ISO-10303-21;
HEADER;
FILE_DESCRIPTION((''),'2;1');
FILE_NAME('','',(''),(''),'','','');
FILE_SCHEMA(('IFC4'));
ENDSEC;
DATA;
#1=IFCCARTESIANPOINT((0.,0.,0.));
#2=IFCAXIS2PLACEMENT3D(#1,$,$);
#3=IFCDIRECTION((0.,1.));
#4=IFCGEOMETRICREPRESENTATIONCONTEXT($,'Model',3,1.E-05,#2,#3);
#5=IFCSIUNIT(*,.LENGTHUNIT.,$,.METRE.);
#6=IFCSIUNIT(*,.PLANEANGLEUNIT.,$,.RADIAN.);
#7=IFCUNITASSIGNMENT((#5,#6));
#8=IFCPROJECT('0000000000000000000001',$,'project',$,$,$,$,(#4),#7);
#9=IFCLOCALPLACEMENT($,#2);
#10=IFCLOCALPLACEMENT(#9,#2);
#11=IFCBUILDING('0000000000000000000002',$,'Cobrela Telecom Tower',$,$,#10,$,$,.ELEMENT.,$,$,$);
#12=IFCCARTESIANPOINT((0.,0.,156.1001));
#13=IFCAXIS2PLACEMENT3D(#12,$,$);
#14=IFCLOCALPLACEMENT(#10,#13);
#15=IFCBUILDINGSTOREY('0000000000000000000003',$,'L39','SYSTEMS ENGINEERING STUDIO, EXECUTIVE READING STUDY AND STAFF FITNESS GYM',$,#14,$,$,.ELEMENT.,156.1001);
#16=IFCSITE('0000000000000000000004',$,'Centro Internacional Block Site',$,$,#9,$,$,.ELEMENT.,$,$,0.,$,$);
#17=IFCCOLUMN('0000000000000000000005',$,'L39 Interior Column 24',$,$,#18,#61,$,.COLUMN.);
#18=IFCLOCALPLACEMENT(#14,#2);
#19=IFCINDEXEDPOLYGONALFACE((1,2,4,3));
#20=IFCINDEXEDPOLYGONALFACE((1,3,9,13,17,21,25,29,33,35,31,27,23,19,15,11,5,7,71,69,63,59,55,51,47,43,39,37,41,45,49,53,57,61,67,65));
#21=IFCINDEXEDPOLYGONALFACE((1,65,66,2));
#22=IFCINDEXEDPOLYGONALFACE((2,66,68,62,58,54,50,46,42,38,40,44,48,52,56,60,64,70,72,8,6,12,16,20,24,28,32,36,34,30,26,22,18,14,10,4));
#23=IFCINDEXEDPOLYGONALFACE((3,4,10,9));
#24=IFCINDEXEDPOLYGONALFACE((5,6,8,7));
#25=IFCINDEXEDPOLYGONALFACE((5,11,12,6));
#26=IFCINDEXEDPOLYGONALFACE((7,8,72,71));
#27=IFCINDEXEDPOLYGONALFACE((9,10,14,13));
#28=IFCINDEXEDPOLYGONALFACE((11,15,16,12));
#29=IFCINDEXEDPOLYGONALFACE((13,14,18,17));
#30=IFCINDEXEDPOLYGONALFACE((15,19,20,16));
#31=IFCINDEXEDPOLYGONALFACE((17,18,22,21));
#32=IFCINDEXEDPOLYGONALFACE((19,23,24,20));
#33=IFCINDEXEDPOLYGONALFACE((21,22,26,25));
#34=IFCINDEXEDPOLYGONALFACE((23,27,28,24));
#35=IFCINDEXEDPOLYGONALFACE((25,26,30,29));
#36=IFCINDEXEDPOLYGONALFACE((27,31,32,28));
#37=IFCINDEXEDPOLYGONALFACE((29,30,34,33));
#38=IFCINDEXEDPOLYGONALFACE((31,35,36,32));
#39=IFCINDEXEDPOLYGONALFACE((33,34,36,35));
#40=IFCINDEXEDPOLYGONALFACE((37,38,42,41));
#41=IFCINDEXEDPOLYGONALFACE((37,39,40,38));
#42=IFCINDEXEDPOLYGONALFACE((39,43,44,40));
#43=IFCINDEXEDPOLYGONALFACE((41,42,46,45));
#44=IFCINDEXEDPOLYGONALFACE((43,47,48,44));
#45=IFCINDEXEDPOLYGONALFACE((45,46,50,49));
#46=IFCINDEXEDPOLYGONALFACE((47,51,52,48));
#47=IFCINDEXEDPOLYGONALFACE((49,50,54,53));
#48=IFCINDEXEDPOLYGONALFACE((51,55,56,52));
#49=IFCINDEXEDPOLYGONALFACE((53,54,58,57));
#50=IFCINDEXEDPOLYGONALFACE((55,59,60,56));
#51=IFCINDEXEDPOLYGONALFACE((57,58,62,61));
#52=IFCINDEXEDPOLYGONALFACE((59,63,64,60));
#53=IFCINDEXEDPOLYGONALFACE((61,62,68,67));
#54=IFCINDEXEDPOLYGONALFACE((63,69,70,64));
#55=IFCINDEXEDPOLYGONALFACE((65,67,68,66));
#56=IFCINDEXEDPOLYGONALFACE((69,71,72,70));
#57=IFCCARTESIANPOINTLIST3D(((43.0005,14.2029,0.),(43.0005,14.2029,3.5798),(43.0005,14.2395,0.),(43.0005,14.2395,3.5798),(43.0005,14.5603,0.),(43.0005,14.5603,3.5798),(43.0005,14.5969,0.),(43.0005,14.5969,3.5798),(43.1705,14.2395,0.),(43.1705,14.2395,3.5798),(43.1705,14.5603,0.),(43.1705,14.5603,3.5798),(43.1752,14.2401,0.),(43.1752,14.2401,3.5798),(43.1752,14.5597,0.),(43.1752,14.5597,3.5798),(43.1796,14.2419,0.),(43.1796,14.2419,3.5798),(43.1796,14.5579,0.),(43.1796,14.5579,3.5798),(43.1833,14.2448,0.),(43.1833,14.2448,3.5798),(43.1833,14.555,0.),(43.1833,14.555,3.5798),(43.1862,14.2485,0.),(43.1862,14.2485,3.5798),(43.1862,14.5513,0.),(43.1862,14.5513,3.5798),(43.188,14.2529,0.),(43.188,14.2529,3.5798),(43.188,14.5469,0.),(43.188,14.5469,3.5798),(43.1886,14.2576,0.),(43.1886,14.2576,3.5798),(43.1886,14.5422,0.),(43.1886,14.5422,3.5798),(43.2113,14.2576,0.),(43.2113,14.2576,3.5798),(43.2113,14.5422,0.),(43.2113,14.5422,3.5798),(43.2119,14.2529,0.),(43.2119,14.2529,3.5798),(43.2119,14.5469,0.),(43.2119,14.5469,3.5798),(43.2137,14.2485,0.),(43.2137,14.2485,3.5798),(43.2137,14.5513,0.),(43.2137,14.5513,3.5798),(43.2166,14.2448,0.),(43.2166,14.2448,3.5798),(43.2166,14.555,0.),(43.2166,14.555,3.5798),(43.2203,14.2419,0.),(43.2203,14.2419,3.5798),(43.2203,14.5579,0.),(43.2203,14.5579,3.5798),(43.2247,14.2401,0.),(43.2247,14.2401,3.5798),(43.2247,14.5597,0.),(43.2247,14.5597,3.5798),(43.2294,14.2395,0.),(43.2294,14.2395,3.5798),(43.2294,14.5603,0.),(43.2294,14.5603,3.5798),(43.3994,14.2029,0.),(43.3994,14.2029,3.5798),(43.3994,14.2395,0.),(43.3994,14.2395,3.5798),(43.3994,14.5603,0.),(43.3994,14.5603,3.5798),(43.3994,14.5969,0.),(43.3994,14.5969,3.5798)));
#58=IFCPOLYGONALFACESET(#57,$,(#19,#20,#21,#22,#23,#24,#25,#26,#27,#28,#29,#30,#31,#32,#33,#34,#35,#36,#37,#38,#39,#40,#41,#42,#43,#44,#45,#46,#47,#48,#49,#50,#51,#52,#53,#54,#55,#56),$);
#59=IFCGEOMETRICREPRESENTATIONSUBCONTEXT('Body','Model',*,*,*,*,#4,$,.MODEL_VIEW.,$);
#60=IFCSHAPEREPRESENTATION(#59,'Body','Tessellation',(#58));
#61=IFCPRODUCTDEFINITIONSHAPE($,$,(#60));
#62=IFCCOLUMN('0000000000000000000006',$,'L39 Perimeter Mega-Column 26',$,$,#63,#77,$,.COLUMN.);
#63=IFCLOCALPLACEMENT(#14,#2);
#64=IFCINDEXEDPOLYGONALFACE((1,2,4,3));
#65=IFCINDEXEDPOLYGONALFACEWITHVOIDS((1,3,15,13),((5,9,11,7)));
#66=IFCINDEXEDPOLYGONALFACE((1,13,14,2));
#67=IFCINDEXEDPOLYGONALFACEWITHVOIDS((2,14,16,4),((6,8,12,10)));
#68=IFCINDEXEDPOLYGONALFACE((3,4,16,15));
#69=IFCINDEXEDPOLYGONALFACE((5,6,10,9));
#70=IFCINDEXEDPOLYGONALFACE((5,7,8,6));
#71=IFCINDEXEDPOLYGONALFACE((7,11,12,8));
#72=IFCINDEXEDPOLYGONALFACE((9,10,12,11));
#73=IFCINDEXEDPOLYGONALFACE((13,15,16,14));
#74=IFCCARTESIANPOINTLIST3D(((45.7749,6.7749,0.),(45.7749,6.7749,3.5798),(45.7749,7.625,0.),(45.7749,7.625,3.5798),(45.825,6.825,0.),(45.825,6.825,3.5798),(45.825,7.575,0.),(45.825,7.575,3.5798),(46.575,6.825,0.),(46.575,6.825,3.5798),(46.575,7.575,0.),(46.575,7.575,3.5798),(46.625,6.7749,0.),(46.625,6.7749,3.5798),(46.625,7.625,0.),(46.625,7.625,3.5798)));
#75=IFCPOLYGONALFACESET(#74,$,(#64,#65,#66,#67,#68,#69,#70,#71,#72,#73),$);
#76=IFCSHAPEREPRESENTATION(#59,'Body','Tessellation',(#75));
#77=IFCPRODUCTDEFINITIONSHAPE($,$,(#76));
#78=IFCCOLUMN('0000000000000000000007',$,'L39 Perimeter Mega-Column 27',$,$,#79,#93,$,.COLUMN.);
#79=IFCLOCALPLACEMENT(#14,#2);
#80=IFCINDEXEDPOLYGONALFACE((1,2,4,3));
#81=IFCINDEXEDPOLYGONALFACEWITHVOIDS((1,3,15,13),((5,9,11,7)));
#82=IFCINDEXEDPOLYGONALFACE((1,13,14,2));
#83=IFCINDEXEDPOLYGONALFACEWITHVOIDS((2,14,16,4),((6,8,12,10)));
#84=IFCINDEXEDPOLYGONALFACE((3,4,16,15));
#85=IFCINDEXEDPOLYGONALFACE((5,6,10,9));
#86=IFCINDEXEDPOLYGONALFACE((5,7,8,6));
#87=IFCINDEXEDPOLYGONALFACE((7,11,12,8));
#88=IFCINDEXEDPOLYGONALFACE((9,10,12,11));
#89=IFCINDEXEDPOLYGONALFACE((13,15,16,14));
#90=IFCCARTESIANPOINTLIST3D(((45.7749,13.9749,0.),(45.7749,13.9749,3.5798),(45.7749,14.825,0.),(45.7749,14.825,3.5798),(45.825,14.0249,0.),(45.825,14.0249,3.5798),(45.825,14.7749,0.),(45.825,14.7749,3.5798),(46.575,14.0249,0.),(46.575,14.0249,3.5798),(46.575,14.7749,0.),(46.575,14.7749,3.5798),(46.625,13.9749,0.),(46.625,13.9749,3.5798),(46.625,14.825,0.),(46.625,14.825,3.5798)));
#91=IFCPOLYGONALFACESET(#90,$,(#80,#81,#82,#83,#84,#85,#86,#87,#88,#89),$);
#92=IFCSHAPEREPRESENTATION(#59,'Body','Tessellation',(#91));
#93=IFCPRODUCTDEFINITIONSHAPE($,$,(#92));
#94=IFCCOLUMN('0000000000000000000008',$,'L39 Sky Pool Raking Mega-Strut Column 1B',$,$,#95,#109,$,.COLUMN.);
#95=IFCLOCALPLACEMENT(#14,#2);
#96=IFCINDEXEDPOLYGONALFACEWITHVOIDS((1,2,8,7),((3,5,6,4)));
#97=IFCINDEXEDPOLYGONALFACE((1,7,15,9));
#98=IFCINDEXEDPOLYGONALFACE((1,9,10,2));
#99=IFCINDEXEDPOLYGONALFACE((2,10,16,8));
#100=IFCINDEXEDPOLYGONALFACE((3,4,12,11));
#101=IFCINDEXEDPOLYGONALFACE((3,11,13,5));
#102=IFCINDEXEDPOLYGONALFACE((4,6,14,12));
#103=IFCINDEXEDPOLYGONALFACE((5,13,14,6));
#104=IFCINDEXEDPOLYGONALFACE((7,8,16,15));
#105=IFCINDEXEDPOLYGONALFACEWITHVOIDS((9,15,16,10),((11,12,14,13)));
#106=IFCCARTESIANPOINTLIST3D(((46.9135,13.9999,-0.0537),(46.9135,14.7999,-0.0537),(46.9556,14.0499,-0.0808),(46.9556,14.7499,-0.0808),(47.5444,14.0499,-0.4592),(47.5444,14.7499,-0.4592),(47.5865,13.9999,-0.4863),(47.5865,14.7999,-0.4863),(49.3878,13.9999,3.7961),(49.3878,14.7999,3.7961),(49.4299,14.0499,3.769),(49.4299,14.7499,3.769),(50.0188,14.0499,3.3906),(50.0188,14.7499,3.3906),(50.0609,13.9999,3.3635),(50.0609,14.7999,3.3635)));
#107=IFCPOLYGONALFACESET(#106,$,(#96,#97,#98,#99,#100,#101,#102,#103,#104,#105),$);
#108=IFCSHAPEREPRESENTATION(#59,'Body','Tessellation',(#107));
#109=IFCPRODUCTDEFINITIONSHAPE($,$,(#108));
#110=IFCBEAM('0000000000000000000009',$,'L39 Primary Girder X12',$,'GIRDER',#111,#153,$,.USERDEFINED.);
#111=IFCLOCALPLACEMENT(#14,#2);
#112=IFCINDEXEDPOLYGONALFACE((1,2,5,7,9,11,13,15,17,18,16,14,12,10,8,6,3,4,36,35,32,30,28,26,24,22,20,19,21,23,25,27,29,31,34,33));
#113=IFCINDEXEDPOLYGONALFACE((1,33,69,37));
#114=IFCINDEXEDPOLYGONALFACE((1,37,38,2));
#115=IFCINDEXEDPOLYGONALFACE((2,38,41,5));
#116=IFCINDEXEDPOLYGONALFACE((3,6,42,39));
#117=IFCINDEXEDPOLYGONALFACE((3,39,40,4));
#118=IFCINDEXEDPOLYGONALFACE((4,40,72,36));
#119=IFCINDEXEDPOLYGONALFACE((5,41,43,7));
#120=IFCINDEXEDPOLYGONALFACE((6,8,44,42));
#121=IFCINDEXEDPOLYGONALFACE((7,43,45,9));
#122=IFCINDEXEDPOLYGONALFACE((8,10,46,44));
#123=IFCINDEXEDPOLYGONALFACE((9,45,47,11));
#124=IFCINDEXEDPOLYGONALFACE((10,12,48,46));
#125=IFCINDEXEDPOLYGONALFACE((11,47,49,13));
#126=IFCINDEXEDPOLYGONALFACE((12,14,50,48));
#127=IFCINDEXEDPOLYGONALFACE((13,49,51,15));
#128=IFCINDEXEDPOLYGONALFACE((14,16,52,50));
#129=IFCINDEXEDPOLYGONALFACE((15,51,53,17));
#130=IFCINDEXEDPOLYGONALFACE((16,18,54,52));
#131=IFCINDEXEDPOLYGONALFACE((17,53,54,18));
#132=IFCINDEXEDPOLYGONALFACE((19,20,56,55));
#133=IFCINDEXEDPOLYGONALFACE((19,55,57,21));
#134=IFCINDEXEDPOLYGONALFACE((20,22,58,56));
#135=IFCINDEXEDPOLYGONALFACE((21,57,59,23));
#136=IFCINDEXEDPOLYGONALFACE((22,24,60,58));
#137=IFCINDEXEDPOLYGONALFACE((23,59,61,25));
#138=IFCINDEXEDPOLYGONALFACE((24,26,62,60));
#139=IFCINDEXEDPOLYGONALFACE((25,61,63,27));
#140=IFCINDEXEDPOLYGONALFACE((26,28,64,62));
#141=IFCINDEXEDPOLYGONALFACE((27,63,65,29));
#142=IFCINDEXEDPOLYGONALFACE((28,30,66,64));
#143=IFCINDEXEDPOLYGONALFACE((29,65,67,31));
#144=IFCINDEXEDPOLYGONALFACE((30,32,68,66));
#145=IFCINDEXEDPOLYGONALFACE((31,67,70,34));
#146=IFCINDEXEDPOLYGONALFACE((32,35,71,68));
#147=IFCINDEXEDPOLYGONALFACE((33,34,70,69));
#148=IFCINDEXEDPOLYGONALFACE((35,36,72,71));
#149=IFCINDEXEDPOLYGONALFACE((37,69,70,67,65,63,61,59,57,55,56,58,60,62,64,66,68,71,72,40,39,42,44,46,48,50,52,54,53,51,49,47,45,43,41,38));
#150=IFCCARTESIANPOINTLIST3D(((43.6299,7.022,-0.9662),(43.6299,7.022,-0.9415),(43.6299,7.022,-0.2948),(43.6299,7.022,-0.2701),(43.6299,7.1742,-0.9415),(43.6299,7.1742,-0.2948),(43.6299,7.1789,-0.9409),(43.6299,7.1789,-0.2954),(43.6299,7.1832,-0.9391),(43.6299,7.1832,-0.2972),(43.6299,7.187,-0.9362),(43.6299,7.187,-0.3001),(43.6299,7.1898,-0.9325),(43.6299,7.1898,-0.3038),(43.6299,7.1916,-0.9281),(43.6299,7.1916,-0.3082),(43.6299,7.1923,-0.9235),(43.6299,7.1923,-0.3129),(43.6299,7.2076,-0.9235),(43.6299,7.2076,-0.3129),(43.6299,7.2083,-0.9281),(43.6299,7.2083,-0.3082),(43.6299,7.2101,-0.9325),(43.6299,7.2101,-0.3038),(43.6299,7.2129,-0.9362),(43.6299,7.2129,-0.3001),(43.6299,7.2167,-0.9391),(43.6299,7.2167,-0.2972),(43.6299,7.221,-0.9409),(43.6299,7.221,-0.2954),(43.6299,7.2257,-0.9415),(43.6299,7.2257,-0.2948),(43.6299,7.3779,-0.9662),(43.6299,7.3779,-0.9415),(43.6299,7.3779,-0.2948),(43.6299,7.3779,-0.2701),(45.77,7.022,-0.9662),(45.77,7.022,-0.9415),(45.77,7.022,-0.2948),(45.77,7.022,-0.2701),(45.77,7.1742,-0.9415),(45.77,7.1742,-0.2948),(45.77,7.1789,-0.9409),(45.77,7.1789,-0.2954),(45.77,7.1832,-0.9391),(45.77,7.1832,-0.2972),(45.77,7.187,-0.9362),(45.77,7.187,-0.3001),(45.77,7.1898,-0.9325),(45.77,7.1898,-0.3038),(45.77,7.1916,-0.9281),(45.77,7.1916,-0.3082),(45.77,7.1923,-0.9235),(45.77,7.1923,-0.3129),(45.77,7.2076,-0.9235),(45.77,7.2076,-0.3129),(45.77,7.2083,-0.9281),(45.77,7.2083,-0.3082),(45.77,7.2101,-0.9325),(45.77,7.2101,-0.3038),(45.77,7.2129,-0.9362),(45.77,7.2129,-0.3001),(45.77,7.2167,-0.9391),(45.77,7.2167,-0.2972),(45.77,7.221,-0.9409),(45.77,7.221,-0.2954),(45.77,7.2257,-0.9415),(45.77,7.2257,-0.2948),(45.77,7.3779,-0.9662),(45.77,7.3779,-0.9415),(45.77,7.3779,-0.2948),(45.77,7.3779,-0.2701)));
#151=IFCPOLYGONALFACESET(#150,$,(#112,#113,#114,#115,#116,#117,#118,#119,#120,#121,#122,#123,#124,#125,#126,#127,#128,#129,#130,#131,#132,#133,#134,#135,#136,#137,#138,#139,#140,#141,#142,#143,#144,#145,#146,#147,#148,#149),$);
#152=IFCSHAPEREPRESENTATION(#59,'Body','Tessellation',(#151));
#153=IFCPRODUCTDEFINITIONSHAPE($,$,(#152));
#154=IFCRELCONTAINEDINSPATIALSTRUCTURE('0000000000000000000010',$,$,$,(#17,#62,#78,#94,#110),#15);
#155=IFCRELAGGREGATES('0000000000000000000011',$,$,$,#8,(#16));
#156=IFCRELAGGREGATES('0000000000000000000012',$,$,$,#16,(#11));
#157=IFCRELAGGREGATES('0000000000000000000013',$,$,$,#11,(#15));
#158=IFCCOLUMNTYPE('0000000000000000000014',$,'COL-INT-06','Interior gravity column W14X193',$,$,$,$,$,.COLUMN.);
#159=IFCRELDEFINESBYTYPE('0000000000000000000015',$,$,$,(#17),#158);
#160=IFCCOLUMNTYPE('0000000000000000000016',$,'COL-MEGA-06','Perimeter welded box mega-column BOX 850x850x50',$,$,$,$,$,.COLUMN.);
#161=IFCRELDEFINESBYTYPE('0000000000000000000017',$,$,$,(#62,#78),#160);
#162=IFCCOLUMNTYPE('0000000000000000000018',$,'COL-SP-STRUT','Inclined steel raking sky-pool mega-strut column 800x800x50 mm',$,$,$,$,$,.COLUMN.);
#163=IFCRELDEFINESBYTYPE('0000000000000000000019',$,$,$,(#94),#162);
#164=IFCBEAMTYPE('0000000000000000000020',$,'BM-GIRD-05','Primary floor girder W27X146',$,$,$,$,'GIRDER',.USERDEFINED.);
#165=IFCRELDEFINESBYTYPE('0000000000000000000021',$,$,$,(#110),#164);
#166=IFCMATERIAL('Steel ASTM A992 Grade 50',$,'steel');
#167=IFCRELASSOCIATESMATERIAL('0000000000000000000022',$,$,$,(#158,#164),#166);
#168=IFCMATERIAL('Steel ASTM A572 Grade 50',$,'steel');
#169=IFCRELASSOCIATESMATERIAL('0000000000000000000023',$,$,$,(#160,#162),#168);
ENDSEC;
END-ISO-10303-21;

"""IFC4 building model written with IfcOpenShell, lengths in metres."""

from ifc_helpers import new_model, si_unit, direction, frame, origin, origin_2d, place, context, subcontext, project, spatial, hollow_rectangle, i_section, extrude, material, material_profile, profile_set, type_object, element, save


model = new_model("IFC4")

# Units and contexts
model_context = context("Model", 3, precision=1e-05, world=origin(), true_north=direction((0.0, 1.0)))
body_context = subcontext(model_context, "Body", "Model", "MODEL_VIEW")
ifc_project = project(units=[si_unit("LENGTHUNIT", "METRE"), si_unit("PLANEANGLEUNIT", "RADIAN")], contexts=[model_context])

# Site, building, storey
site_placement = place(None, origin())
site = spatial("IfcSite", under=ifc_project, at=site_placement, Name="Centro Internacional Block Site", CompositionType="ELEMENT", RefElevation=0.0)
building_placement = place(site_placement, origin())
building = spatial("IfcBuilding", under=site, at=building_placement, Name="Cobrela Telecom Tower", CompositionType="ELEMENT")
storey_placement = place(building_placement, frame((0.0, 0.0, 156.1001)))
storey = spatial("IfcBuildingStorey", under=building, at=storey_placement, Name="L39", Description="SYSTEMS ENGINEERING STUDIO, EXECUTIVE READING STUDY AND STAFF FITNESS GYM", CompositionType="ELEMENT", Elevation=156.1001)

# Columns
ifc_material_1 = material(Name="Steel ASTM A992 Grade 50", Category="steel")
ifc_material_profile_1 = material_profile(ifc_material_1, i_section(OverallWidth=0.3989, OverallDepth=0.394, WebThickness=0.0227, FlangeThickness=0.0366, FilletRadius=0.0181, at=origin_2d()), Name="W14X193")
ifc_profile_set_1 = profile_set([ifc_material_profile_1], Name="Steel ASTM A992 Grade 50")
column_type_1 = type_object("IfcColumnType", Name="COL-INT-06", Description="Interior gravity column W14X193", PredefinedType="COLUMN", material=ifc_profile_set_1)
column_1_placement = place(storey_placement, frame((43.2, 14.3999, 0.0), z_axis=(0.0, 0.0, 1.0), x_axis=(1.0, 0.0, 0.0)))
element("IfcColumn", 1, at=column_1_placement, inside=storey, type_object=column_type_1, Name="L39 Interior Column 24", PredefinedType="COLUMN", context=body_context, shape_type="SweptSolid", body=[
    extrude(i_section(OverallWidth=0.3989, OverallDepth=0.394, WebThickness=0.0227, FlangeThickness=0.0366, FilletRadius=0.0181, at=origin_2d()), origin(), (0.0, 0.0, 1.0), 3.5798),
])
ifc_material_2 = material(Name="Steel ASTM A572 Grade 50", Category="steel")
ifc_material_profile_2 = material_profile(ifc_material_2, hollow_rectangle(XDim=0.8501, YDim=0.8501, WallThickness=0.05, at=origin_2d()), Name="BOX 850x850x50")
ifc_profile_set_2 = profile_set([ifc_material_profile_2], Name="Steel ASTM A572 Grade 50")
column_type_2 = type_object("IfcColumnType", Name="COL-MEGA-06", Description="Perimeter welded box mega-column BOX 850x850x50", PredefinedType="COLUMN", material=ifc_profile_set_2)
for number, where, z_axis, x_axis, name in (
    (2, (46.2, 7.2, 0.0), (0.0, 0.0, 1.0), (1.0, 0.0, 0.0), "L39 Perimeter Mega-Column 26"),
    (3, (46.2, 14.3999, 0.0), (0.0, 0.0, 1.0), (1.0, 0.0, 0.0), "L39 Perimeter Mega-Column 27"),
):
    element("IfcColumn", number, at=place(storey_placement, frame(where, z_axis=z_axis, x_axis=x_axis)), inside=storey, type_object=column_type_2, Name=name, PredefinedType="COLUMN", context=body_context, shape_type="SweptSolid", body=[
        extrude(hollow_rectangle(XDim=0.8501, YDim=0.8501, WallThickness=0.05, at=origin_2d()), origin(), (0.0, 0.0, 1.0), 3.5798),
    ])
ifc_material_profile_3 = material_profile(ifc_material_2, hollow_rectangle(XDim=0.8, YDim=0.8, WallThickness=0.05, at=origin_2d()), Name="BOX 800x800x50")
ifc_profile_set_3 = profile_set([ifc_material_profile_3], Name="Steel ASTM A572 Grade 50")
column_type_3 = type_object("IfcColumnType", Name="COL-SP-STRUT", Description="Inclined steel raking sky-pool mega-strut column 800x800x50 mm", PredefinedType="COLUMN", material=ifc_profile_set_3)
column_2_placement = place(storey_placement, frame((47.25, 14.3999, -0.27), z_axis=(0.540674, 0.0, 0.841232), x_axis=(0.0, 1.0, 0.0)))
element("IfcColumn", 4, at=column_2_placement, inside=storey, type_object=column_type_3, Name="L39 Sky Pool Raking Mega-Strut Column 1B", PredefinedType="COLUMN", context=body_context, shape_type="SweptSolid", body=[
    extrude(hollow_rectangle(XDim=0.8, YDim=0.8, WallThickness=0.05, at=origin_2d()), origin(), (0.0, 0.0, 1.0), 4.5764),
])

# Beam
ifc_material_profile_4 = material_profile(ifc_material_1, i_section(OverallWidth=0.356, OverallDepth=0.696, WebThickness=0.0154, FlangeThickness=0.0247, FilletRadius=0.0181, at=origin_2d()), Name="W27X146")
ifc_profile_set_4 = profile_set([ifc_material_profile_4], Name="Steel ASTM A992 Grade 50")
beam_type_1 = type_object("IfcBeamType", Name="BM-GIRD-05", Description="Primary floor girder W27X146", ElementType="GIRDER", PredefinedType="USERDEFINED", material=ifc_profile_set_4)
beam_1_placement = place(storey_placement, frame((43.6299, 7.2, -0.6182), z_axis=(1.0, 0.0, 0.0), x_axis=(0.0, 1.0, 0.0)))
element("IfcBeam", 5, at=beam_1_placement, inside=storey, type_object=beam_type_1, Name="L39 Primary Girder X12", ObjectType="GIRDER", PredefinedType="USERDEFINED", context=body_context, shape_type="SweptSolid", body=[
    extrude(i_section(OverallWidth=0.356, OverallDepth=0.696, WebThickness=0.0154, FlangeThickness=0.0247, FilletRadius=0.0181, at=origin_2d()), origin(), (0.0, 0.0, 1.0), 2.1401),
])

save(model, "model.ifc")
